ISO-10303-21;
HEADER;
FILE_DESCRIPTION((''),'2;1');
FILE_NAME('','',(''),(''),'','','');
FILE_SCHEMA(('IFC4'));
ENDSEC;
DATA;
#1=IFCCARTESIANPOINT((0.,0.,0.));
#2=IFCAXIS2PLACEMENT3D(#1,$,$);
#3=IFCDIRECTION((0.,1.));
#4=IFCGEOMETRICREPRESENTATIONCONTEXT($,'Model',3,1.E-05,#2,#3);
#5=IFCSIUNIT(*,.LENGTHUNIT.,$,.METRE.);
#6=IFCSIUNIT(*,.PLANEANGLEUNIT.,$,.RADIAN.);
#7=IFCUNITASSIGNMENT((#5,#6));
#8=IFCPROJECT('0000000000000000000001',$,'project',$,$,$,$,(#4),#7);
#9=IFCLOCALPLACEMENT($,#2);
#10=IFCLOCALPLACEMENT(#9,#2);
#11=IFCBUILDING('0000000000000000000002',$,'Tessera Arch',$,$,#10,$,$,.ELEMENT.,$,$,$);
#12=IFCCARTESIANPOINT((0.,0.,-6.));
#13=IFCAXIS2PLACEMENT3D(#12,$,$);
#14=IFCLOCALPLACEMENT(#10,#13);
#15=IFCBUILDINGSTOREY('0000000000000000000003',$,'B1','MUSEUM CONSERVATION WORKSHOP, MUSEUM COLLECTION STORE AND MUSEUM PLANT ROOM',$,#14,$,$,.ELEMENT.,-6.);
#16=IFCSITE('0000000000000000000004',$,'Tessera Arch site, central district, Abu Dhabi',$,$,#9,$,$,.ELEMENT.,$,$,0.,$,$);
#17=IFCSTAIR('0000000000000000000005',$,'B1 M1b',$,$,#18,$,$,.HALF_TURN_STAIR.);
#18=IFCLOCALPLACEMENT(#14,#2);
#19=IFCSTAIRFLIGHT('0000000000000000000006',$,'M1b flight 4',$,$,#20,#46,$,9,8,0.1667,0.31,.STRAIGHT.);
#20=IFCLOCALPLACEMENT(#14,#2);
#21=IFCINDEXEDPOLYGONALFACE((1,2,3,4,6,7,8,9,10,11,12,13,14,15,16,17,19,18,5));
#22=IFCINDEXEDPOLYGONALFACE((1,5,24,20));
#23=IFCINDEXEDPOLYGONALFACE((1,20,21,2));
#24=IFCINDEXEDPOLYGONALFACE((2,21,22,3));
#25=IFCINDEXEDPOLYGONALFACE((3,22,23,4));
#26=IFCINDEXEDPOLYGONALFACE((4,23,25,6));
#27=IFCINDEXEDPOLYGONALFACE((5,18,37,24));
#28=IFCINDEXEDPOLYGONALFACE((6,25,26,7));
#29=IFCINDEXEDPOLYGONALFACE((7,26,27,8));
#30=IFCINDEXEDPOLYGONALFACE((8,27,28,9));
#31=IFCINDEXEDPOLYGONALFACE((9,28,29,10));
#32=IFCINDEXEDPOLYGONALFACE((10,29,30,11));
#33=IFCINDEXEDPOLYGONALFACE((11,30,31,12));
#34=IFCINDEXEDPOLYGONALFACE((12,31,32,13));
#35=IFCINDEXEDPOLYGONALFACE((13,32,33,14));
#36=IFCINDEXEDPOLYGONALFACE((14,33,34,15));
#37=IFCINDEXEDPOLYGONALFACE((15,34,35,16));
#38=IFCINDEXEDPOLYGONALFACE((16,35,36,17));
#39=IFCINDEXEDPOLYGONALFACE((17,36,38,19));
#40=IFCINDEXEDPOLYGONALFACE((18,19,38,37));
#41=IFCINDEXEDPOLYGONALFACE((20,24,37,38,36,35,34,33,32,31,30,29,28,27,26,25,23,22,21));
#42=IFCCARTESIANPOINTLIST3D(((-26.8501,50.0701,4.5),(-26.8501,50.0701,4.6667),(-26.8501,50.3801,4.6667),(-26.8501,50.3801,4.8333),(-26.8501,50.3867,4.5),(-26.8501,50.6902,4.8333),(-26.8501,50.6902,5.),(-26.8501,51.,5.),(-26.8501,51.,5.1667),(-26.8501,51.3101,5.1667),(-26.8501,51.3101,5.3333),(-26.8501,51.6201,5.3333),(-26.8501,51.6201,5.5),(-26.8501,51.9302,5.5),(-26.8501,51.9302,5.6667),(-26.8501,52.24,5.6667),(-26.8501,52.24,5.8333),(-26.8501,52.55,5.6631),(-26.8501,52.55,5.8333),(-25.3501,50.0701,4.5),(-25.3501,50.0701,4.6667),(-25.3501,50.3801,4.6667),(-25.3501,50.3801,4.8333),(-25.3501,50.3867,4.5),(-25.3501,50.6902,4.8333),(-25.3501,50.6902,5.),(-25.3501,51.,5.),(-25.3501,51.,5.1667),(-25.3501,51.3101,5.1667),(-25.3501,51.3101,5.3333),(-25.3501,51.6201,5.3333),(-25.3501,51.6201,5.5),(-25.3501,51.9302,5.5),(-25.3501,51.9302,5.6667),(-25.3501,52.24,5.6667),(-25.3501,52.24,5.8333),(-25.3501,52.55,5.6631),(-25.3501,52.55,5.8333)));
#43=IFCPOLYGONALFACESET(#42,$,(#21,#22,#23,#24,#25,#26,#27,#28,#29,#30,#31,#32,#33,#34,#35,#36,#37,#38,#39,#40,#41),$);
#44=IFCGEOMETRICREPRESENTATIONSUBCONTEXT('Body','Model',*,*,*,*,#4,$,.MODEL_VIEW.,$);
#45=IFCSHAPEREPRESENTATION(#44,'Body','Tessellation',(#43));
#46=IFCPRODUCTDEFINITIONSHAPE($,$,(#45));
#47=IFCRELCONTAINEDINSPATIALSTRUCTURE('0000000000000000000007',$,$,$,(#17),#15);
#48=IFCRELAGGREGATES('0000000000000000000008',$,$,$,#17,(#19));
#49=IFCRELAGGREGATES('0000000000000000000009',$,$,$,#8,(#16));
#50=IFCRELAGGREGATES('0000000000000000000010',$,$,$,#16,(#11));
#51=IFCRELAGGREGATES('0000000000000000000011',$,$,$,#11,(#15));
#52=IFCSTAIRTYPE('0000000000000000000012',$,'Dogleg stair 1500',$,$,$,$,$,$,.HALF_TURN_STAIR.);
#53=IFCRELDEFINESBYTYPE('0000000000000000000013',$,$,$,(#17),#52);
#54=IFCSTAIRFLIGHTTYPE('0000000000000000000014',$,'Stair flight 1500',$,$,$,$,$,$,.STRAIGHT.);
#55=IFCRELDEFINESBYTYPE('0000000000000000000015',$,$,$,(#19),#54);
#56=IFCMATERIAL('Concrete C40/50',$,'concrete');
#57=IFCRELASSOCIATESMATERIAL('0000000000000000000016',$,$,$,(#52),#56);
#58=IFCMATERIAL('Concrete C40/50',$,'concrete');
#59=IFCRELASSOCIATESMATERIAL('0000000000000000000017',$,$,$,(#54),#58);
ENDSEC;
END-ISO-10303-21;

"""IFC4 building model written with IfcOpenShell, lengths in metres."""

from ifc_helpers import new_model, si_unit, direction, frame, origin, place, context, subcontext, project, spatial, polyline, outline, extrude, material, type_object, element, aggregate, save


model = new_model("IFC4")

# Units and contexts
model_context = context("Model", 3, precision=1e-05, world=origin(), true_north=direction((0.0, 1.0)))
body_context = subcontext(model_context, "Body", "Model", "MODEL_VIEW")
ifc_project = project(units=[si_unit("LENGTHUNIT", "METRE"), si_unit("PLANEANGLEUNIT", "RADIAN")], contexts=[model_context])

# Site, building, storey
site_placement = place(None, origin())
site = spatial("IfcSite", under=ifc_project, at=site_placement, Name="Tessera Arch site, central district, Abu Dhabi", CompositionType="ELEMENT", RefElevation=0.0)
building_placement = place(site_placement, origin())
building = spatial("IfcBuilding", under=site, at=building_placement, Name="Tessera Arch", CompositionType="ELEMENT")
storey_placement = place(building_placement, frame((0.0, 0.0, -6.0)))
storey = spatial("IfcBuildingStorey", under=building, at=storey_placement, Name="B1", Description="MUSEUM CONSERVATION WORKSHOP, MUSEUM COLLECTION STORE AND MUSEUM PLANT ROOM", CompositionType="ELEMENT", Elevation=-6.0)

# Stair, stair flight
ifc_material_1 = material(Name="Concrete C40/50", Category="concrete")
stair_type = type_object("IfcStairType", Name="Dogleg stair 1500", PredefinedType="HALF_TURN_STAIR", material=ifc_material_1)
stair_placement = place(storey_placement, origin())
stair = element("IfcStair", 1, at=stair_placement, inside=storey, type_object=stair_type, Name="B1 M1b", PredefinedType="HALF_TURN_STAIR")
ifc_material_2 = material(Name="Concrete C40/50", Category="concrete")
stair_flight_type = type_object("IfcStairFlightType", Name="Stair flight 1500", PredefinedType="STRAIGHT", material=ifc_material_2)
stair_flight_placement = place(storey_placement, frame((-26.1001, 50.0701, 4.5), z_axis=(0.0, 0.0, 1.0), x_axis=(0.0, 1.0, 0.0)))
stair_flight = element("IfcStairFlight", 2, at=stair_flight_placement, type_object=stair_flight_type, Name="M1b flight 4", NumberOfRisers=9, NumberOfTreads=8, PredefinedType="STRAIGHT", RiserHeight=0.1667, TreadLength=0.31, context=body_context, shape_type="SweptSolid", body=[
    extrude(outline(polyline([(0.0, 0.0), (0.0, 0.1667), (0.3101, 0.1667), (0.3101, 0.3333), (0.6201, 0.3333), (0.6201, 0.5), (0.9299, 0.5), (0.9299, 0.6667), (1.24, 0.6667), (1.24, 0.8333), (1.55, 0.8333), (1.55, 1.0), (1.8601, 1.0), (1.8601, 1.1667), (2.1699, 1.1667), (2.1699, 1.3333), (2.48, 1.3333), (2.48, 1.5), (2.48, 1.1631), (0.3167, 0.0), (0.0, 0.0)])), frame((0.0, 0.75, 0.0), z_axis=(0.0, -1.0, 0.0), x_axis=(1.0, 0.0, 0.0)), (0.0, 0.0, 1.0), 1.5),
])
aggregate(stair, [stair_flight])

save(model, "model.ifc")
